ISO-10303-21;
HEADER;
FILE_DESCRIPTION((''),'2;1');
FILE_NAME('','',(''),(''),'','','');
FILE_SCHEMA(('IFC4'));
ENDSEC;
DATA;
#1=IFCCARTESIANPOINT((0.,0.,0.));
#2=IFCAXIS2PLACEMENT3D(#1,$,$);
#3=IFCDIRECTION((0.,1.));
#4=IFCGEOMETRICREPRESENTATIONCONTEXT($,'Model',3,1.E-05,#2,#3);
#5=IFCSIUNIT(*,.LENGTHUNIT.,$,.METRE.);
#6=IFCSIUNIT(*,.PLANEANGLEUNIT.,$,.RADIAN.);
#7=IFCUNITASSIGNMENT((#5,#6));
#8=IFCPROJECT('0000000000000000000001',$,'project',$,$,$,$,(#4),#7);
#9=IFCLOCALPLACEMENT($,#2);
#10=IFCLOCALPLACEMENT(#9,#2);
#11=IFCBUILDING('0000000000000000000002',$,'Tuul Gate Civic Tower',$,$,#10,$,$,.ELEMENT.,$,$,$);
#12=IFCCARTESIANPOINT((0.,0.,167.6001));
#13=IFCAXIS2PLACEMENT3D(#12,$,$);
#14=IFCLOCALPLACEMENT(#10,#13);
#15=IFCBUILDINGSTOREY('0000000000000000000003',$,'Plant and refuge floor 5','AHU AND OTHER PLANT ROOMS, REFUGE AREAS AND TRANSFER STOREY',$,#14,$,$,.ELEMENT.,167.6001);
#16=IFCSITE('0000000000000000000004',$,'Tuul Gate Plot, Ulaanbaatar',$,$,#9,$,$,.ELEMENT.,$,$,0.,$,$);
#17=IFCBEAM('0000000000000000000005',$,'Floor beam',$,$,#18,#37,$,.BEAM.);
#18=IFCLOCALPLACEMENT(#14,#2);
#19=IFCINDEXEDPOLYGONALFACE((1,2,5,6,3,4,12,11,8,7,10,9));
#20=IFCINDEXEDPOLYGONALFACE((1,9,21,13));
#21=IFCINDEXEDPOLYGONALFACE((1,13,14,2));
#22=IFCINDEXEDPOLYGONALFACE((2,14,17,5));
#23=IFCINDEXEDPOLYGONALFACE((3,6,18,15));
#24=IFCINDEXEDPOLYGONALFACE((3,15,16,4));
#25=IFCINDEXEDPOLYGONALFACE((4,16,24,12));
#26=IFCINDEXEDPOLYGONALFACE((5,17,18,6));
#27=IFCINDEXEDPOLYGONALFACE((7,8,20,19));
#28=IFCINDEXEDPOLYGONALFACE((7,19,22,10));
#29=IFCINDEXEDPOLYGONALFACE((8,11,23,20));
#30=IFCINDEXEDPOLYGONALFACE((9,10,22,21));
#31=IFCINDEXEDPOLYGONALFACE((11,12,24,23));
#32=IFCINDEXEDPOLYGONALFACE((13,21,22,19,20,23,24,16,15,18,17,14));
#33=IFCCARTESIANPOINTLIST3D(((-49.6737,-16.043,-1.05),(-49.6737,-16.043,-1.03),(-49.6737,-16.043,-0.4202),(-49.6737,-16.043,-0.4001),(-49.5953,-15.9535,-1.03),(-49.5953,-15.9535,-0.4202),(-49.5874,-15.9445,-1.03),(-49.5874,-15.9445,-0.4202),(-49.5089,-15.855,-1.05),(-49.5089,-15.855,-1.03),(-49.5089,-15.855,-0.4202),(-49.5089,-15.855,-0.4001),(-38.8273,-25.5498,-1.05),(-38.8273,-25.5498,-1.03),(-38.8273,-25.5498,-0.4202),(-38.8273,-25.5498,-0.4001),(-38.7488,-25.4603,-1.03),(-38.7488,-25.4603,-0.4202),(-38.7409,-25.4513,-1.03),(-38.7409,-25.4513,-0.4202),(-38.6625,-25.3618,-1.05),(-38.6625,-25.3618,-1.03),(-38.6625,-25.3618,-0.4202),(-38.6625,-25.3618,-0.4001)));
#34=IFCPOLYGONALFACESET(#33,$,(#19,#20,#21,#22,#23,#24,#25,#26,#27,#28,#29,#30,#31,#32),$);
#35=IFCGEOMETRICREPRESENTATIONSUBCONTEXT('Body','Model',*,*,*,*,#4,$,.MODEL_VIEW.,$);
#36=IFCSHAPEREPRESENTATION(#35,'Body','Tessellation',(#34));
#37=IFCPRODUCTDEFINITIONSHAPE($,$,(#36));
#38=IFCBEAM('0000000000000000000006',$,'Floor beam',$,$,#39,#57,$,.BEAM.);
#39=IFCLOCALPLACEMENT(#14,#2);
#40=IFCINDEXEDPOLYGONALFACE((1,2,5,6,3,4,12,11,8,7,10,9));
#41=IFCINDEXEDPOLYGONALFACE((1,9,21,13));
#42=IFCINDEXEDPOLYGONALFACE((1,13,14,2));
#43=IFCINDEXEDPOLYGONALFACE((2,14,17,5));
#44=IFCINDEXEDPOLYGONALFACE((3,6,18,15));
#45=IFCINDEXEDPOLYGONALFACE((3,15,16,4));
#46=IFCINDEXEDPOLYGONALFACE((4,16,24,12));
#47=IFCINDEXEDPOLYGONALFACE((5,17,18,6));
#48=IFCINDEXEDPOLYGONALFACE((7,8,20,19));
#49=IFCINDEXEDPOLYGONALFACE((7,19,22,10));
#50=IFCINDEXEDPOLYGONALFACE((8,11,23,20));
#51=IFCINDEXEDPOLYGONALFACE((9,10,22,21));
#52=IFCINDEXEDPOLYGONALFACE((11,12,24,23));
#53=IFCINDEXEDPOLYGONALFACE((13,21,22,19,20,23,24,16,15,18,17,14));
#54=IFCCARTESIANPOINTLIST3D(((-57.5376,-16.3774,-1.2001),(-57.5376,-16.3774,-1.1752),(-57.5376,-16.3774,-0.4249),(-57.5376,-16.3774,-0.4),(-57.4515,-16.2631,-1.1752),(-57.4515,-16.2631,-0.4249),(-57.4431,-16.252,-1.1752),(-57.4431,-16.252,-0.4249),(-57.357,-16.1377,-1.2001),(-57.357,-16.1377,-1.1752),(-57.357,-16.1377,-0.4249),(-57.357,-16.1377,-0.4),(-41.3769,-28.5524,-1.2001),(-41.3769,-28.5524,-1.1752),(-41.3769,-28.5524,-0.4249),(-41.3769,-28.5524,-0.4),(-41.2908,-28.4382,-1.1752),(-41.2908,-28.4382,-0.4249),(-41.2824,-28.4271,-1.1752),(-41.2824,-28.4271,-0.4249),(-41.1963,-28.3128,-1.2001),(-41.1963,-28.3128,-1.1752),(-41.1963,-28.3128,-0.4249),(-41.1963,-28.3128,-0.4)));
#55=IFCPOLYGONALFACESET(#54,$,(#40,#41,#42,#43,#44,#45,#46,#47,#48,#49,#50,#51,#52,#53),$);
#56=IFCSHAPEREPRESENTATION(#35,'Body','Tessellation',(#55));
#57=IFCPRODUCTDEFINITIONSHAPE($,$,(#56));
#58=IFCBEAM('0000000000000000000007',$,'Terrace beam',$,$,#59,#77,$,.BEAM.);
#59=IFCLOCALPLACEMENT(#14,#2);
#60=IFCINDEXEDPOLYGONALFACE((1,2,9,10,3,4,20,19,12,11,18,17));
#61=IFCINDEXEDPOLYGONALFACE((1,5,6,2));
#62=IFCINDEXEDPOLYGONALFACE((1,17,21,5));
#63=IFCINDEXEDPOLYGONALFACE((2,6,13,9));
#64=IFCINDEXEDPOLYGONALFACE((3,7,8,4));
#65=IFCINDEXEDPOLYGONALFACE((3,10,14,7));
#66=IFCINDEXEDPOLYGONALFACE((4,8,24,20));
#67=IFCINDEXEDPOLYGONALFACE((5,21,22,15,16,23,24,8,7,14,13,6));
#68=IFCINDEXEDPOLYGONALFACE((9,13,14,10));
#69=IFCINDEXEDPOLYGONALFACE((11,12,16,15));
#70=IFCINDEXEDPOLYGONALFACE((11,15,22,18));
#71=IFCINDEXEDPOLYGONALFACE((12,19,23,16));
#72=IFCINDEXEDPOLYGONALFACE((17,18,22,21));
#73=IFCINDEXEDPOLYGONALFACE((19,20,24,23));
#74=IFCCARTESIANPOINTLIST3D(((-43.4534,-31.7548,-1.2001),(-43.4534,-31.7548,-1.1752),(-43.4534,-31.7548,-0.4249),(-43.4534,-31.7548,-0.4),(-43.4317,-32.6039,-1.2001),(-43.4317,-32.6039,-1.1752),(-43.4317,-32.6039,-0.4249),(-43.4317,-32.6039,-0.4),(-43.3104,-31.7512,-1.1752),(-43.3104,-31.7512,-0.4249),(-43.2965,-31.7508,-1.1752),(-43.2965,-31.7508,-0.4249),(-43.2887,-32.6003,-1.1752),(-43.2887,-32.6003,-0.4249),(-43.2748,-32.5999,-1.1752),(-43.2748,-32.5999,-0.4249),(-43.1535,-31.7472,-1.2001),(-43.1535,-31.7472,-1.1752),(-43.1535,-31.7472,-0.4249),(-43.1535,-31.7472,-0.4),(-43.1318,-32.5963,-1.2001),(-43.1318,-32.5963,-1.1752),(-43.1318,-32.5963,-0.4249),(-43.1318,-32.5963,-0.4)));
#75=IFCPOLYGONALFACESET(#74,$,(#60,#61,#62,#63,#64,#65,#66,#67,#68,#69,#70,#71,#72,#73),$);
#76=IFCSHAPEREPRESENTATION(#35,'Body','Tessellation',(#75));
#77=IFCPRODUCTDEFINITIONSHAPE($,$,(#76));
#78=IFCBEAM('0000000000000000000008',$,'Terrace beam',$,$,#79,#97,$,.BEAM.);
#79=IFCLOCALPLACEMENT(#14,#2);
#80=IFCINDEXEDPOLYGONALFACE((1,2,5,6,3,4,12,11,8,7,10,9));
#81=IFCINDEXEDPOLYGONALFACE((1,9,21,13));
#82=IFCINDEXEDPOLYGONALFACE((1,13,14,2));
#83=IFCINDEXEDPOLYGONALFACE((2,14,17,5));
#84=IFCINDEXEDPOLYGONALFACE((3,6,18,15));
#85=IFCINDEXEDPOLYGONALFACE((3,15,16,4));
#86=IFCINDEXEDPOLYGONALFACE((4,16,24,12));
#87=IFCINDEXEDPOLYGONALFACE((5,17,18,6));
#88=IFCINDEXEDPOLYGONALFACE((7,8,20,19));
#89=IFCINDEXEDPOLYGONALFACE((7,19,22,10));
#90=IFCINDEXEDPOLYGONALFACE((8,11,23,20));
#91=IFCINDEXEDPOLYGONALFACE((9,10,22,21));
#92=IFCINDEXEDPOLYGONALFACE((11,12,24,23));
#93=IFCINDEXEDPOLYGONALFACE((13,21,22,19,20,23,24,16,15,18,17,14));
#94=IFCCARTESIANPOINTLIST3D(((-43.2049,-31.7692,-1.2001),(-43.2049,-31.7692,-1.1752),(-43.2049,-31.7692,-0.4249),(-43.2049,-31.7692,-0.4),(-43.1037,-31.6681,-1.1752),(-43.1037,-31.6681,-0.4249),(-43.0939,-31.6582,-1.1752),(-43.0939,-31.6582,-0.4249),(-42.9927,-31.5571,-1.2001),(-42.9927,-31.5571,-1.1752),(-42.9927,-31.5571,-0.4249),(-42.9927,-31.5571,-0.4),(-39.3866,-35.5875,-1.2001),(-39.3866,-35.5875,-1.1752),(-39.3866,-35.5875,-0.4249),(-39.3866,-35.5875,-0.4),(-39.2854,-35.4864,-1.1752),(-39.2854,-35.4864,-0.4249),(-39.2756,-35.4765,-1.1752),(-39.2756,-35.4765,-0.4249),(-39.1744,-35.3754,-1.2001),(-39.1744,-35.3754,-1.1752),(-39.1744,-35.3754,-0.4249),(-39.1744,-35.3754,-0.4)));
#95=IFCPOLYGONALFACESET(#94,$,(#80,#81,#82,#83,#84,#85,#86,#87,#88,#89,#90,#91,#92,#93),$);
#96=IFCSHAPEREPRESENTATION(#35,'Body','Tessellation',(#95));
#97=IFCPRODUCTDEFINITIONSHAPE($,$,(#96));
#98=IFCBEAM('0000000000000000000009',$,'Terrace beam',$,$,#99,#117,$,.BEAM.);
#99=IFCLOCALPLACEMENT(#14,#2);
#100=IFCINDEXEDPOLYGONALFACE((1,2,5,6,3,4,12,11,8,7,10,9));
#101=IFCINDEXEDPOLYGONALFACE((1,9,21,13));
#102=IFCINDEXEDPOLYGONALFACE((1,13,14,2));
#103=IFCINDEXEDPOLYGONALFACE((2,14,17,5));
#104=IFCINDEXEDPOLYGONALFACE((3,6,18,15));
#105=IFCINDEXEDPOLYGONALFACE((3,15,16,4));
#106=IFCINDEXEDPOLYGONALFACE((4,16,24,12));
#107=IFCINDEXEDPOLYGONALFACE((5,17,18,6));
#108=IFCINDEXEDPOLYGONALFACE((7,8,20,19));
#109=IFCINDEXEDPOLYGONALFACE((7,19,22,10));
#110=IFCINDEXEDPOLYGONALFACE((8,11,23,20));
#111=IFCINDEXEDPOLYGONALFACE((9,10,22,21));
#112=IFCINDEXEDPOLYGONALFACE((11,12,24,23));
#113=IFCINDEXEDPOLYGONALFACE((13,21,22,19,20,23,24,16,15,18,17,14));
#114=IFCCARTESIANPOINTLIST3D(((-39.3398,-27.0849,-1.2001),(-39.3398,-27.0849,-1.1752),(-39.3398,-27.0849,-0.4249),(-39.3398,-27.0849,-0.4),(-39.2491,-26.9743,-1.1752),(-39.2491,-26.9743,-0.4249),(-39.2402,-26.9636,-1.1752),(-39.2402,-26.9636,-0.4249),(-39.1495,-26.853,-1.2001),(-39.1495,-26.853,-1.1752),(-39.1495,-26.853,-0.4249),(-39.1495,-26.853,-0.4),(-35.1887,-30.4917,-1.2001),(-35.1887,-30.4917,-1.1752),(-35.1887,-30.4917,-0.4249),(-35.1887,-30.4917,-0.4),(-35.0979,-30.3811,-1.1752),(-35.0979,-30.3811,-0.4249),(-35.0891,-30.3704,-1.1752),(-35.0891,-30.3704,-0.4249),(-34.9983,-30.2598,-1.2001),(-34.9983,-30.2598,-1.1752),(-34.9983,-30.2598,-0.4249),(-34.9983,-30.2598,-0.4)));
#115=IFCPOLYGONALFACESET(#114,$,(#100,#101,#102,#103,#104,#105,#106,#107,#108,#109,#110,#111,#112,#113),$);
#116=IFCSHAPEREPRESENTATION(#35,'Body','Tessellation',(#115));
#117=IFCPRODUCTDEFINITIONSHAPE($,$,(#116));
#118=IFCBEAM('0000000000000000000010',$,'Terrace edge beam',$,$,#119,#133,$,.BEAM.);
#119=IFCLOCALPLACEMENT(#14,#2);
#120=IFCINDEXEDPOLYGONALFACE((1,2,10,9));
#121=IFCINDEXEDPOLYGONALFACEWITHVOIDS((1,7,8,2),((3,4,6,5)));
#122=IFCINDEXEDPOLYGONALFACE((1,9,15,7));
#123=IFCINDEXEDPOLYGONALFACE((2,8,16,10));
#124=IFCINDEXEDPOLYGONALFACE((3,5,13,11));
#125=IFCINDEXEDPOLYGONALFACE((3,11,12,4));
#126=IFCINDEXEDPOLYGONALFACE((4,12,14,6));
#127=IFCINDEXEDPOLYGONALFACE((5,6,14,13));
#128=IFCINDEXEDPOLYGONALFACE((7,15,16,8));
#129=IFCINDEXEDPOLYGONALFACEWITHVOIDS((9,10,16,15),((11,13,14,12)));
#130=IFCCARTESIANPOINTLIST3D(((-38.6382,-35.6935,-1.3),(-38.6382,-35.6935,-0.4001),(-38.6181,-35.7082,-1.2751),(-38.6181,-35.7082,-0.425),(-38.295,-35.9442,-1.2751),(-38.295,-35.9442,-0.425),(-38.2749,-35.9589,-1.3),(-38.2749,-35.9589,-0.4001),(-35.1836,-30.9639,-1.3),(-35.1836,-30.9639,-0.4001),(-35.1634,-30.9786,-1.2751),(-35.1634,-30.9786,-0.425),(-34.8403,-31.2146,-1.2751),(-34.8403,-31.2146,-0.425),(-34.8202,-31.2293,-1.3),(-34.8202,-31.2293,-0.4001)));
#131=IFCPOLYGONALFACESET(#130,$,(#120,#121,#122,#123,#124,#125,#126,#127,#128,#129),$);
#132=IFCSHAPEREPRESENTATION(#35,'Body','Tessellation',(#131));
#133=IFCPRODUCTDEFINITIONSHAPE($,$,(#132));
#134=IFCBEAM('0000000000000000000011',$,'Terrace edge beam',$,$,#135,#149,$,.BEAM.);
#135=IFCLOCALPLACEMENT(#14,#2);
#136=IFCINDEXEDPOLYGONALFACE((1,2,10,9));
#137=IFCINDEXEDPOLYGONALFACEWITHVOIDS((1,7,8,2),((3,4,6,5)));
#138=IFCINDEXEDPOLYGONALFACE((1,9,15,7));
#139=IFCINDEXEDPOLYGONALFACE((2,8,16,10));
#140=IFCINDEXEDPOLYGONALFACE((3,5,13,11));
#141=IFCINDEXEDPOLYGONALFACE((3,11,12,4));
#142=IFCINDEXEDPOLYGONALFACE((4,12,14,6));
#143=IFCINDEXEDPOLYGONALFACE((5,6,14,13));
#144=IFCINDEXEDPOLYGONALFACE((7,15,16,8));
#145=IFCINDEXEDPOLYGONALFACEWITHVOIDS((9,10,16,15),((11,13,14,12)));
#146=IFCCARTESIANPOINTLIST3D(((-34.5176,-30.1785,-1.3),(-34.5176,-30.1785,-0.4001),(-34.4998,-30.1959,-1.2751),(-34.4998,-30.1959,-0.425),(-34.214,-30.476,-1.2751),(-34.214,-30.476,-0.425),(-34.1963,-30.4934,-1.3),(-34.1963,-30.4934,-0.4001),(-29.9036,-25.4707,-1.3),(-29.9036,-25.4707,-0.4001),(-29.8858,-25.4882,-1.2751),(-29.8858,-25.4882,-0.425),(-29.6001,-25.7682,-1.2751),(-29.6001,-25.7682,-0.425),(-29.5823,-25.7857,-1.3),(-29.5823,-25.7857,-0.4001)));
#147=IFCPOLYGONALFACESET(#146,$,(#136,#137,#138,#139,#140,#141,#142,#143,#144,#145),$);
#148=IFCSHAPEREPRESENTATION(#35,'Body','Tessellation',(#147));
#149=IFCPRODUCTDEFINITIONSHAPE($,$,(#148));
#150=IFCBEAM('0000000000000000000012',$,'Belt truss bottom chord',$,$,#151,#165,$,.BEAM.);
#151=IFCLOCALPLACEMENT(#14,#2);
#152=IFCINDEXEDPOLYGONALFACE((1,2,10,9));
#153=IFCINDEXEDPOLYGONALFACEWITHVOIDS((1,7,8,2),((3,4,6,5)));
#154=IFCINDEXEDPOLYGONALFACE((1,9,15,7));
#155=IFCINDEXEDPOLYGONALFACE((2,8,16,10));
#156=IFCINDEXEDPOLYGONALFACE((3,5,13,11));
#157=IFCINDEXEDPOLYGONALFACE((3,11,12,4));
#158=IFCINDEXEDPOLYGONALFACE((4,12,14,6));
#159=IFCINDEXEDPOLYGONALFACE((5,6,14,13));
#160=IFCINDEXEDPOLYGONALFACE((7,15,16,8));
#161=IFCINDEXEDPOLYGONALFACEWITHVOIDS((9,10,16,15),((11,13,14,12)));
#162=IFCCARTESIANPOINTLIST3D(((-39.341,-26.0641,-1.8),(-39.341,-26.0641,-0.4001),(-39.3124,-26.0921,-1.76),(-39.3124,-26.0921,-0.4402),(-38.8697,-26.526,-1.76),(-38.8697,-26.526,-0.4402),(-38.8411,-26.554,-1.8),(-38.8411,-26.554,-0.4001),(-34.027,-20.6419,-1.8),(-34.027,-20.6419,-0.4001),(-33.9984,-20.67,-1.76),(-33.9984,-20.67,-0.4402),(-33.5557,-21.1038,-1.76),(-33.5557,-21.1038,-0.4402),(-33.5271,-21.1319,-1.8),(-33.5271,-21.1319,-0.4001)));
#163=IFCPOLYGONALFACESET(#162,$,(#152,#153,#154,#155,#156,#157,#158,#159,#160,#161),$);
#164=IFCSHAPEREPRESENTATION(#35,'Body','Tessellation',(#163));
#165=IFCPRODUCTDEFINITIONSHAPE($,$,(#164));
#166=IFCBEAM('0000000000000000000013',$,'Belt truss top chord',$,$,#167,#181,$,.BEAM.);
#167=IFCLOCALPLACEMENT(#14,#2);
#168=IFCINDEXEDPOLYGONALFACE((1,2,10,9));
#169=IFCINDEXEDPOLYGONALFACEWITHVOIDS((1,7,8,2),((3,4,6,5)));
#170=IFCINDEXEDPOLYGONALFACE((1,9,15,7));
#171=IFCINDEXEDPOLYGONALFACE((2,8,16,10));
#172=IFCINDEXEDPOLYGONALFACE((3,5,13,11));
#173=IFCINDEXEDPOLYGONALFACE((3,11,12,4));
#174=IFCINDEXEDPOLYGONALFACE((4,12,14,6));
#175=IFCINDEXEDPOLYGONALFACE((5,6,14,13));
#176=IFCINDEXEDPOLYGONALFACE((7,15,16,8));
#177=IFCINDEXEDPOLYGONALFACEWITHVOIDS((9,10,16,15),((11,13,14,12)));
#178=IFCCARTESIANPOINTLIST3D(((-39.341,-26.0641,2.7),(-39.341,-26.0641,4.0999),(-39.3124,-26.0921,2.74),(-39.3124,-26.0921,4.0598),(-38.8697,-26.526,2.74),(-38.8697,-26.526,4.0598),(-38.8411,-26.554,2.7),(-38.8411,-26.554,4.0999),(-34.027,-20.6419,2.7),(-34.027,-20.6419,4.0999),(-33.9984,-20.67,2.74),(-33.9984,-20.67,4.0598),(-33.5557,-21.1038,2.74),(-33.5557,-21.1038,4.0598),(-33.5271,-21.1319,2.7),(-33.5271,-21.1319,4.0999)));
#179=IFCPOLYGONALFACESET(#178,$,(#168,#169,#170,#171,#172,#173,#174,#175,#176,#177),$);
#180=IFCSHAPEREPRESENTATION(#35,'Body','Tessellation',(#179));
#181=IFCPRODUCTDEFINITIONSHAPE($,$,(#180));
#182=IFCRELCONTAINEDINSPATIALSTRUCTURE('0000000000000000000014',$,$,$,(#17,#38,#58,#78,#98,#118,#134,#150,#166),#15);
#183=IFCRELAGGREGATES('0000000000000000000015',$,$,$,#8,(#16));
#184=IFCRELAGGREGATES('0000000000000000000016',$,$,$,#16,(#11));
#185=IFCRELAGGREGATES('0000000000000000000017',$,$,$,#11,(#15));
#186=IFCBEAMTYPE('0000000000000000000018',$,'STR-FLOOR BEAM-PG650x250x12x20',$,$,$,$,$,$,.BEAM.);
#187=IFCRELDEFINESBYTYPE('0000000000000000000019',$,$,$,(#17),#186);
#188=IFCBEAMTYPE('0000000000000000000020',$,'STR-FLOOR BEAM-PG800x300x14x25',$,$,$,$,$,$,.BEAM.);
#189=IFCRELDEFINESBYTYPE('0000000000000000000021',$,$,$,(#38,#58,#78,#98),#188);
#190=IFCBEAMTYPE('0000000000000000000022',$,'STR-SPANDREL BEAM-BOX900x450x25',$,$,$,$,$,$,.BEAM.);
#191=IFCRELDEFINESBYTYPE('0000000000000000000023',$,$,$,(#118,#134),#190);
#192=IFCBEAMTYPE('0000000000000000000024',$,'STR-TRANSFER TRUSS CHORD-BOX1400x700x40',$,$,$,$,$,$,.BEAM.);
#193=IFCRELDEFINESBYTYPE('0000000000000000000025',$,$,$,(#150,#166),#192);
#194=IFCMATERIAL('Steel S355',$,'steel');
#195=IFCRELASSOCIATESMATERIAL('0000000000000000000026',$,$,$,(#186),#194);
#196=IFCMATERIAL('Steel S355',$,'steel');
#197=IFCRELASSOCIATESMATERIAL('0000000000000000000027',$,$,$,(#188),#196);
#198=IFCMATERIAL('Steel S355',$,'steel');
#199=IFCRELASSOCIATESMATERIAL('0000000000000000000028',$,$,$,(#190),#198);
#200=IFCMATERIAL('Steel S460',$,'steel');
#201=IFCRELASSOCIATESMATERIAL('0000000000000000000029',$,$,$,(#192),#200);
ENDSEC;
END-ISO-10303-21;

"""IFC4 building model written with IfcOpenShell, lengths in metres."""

from ifc_helpers import new_model, si_unit, direction, frame, origin, origin_2d, place, context, subcontext, project, spatial, hollow_rectangle, i_section, extrude, material, material_profile, profile_set, type_object, element, save


model = new_model("IFC4")

# Units and contexts
model_context = context("Model", 3, precision=1e-05, world=origin(), true_north=direction((0.0, 1.0)))
body_context = subcontext(model_context, "Body", "Model", "MODEL_VIEW")
ifc_project = project(units=[si_unit("LENGTHUNIT", "METRE"), si_unit("PLANEANGLEUNIT", "RADIAN")], contexts=[model_context])

# Site, building, storey
site_placement = place(None, origin())
site = spatial("IfcSite", under=ifc_project, at=site_placement, Name="Tuul Gate Plot, Ulaanbaatar", CompositionType="ELEMENT", RefElevation=0.0)
building_placement = place(site_placement, origin())
building = spatial("IfcBuilding", under=site, at=building_placement, Name="Tuul Gate Civic Tower", CompositionType="ELEMENT")
storey_placement = place(building_placement, frame((0.0, 0.0, 167.6001)))
storey = spatial("IfcBuildingStorey", under=building, at=storey_placement, Name="Plant and refuge floor 5", Description="AHU AND OTHER PLANT ROOMS, REFUGE AREAS AND TRANSFER STOREY", CompositionType="ELEMENT", Elevation=167.6001)

# Beams
ifc_material_1 = material(Name="Steel S355", Category="steel")
ifc_material_profile_1 = material_profile(ifc_material_1, i_section(OverallWidth=0.25, OverallDepth=0.6499, WebThickness=0.012, FlangeThickness=0.02, at=origin_2d()), Name="PG650x250x12x20")
ifc_profile_set_1 = profile_set([ifc_material_profile_1], Name="Steel S355")
beam_type_1 = type_object("IfcBeamType", Name="STR-FLOOR BEAM-PG650x250x12x20", PredefinedType="BEAM", material=ifc_profile_set_1)
beam_1_placement = place(storey_placement, frame((-38.7449, -25.4558, -0.7251), z_axis=(-0.75202, 0.659141, 0.0), x_axis=(-0.659141, -0.75202, 0.0)))
element("IfcBeam", 1, at=beam_1_placement, inside=storey, type_object=beam_type_1, Name="Floor beam", PredefinedType="BEAM", context=body_context, shape_type="SweptSolid", body=[
    extrude(i_section(OverallWidth=0.25, OverallDepth=0.6499, WebThickness=0.012, FlangeThickness=0.02, at=origin_2d()), origin(), (0.0, 0.0, 1.0), 14.4231),
])
ifc_material_2 = material(Name="Steel S355", Category="steel")
ifc_material_profile_2 = material_profile(ifc_material_2, i_section(OverallWidth=0.3, OverallDepth=0.8, WebThickness=0.0139, FlangeThickness=0.0249, at=origin_2d()), Name="PG800x300x14x25")
ifc_profile_set_2 = profile_set([ifc_material_profile_2], Name="Steel S355")
beam_type_2 = type_object("IfcBeamType", Name="STR-FLOOR BEAM-PG800x300x14x25", PredefinedType="BEAM", material=ifc_profile_set_2)
beam_2_placement = place(storey_placement, frame((-41.2866, -28.4326, -0.8), z_axis=(-0.798704, 0.601725, 0.0), x_axis=(-0.601725, -0.798704, 0.0)))
element("IfcBeam", 2, at=beam_2_placement, inside=storey, type_object=beam_type_2, Name="Floor beam", PredefinedType="BEAM", context=body_context, shape_type="SweptSolid", body=[
    extrude(i_section(OverallWidth=0.3, OverallDepth=0.8, WebThickness=0.0139, FlangeThickness=0.0249, at=origin_2d()), origin(), (0.0, 0.0, 1.0), 20.2336),
])
beam_3_placement = place(storey_placement, frame((-43.2817, -32.6001, -0.8), z_axis=(-0.025581, 0.999673, 0.0), x_axis=(-0.999673, -0.025581, 0.0)))
element("IfcBeam", 3, at=beam_3_placement, inside=storey, type_object=beam_type_2, Name="Terrace beam", PredefinedType="BEAM", context=body_context, shape_type="SweptSolid", body=[
    extrude(i_section(OverallWidth=0.3, OverallDepth=0.8, WebThickness=0.0139, FlangeThickness=0.0249, at=origin_2d()), origin(), (0.0, 0.0, 1.0), 0.8494),
])
beam_4_placement = place(storey_placement, frame((-39.2805, -35.4814, -0.8), z_axis=(-0.707107, 0.707107, 0.0), x_axis=(-0.707107, -0.707107, 0.0)))
element("IfcBeam", 4, at=beam_4_placement, inside=storey, type_object=beam_type_2, Name="Terrace beam", PredefinedType="BEAM", context=body_context, shape_type="SweptSolid", body=[
    extrude(i_section(OverallWidth=0.3, OverallDepth=0.8, WebThickness=0.0139, FlangeThickness=0.0249, at=origin_2d()), origin(), (0.0, 0.0, 1.0), 5.3999),
])
beam_5_placement = place(storey_placement, frame((-35.0935, -30.3757, -0.8), z_axis=(-0.77301, 0.634393, 0.0), x_axis=(-0.634393, -0.77301, 0.0)))
element("IfcBeam", 5, at=beam_5_placement, inside=storey, type_object=beam_type_2, Name="Terrace beam", PredefinedType="BEAM", context=body_context, shape_type="SweptSolid", body=[
    extrude(i_section(OverallWidth=0.3, OverallDepth=0.8, WebThickness=0.0139, FlangeThickness=0.0249, at=origin_2d()), origin(), (0.0, 0.0, 1.0), 5.3701),
])
ifc_material_3 = material(Name="Steel S355", Category="steel")
ifc_material_profile_3 = material_profile(ifc_material_3, hollow_rectangle(XDim=0.45, YDim=0.8999, WallThickness=0.0249, at=origin_2d()), Name="BOX900x450x25")
ifc_profile_set_3 = profile_set([ifc_material_profile_3], Name="Steel S355")
beam_type_3 = type_object("IfcBeamType", Name="STR-SPANDREL BEAM-BOX900x450x25", PredefinedType="BEAM", material=ifc_profile_set_3)
beam_6_placement = place(storey_placement, frame((-38.4565, -35.8262, -0.8501), z_axis=(0.589841, 0.807519, 0.0), x_axis=(-0.807519, 0.589841, 0.0)))
element("IfcBeam", 6, at=beam_6_placement, inside=storey, type_object=beam_type_3, Name="Terrace edge beam", PredefinedType="BEAM", context=body_context, shape_type="SweptSolid", body=[
    extrude(hollow_rectangle(XDim=0.45, YDim=0.8999, WallThickness=0.0249, at=origin_2d()), origin(), (0.0, 0.0, 1.0), 5.8569),
])
beam_7_placement = place(storey_placement, frame((-34.3569, -30.3359, -0.8501), z_axis=(0.69996, 0.714182, 0.0), x_axis=(-0.714182, 0.69996, 0.0)))
element("IfcBeam", 7, at=beam_7_placement, inside=storey, type_object=beam_type_3, Name="Terrace edge beam", PredefinedType="BEAM", context=body_context, shape_type="SweptSolid", body=[
    extrude(hollow_rectangle(XDim=0.45, YDim=0.8999, WallThickness=0.0249, at=origin_2d()), origin(), (0.0, 0.0, 1.0), 6.5918),
])
ifc_material_4 = material(Name="Steel S460", Category="steel")
ifc_material_profile_4 = material_profile(ifc_material_4, hollow_rectangle(XDim=0.7, YDim=1.3999, WallThickness=0.04, at=origin_2d()), Name="BOX1400x700x40")
ifc_profile_set_4 = profile_set([ifc_material_profile_4], Name="Steel S460")
beam_type_4 = type_object("IfcBeamType", Name="STR-TRANSFER TRUSS CHORD-BOX1400x700x40", PredefinedType="BEAM", material=ifc_profile_set_4)
for number, where, z_axis, x_axis, name in (
    (8, (-39.0911, -26.3091, -1.1001), (0.699948, 0.714194, 0.0), (-0.714194, 0.699948, 0.0), "Belt truss bottom chord"),
    (9, (-39.0911, -26.3091, 3.3999), (0.699948, 0.714194, 0.0), (-0.714194, 0.699948, 0.0), "Belt truss top chord"),
):
    element("IfcBeam", number, at=place(storey_placement, frame(where, z_axis=z_axis, x_axis=x_axis)), inside=storey, type_object=beam_type_4, Name=name, PredefinedType="BEAM", context=body_context, shape_type="SweptSolid", body=[
        extrude(hollow_rectangle(XDim=0.7, YDim=1.3999, WallThickness=0.04, at=origin_2d()), origin(), (0.0, 0.0, 1.0), 7.592),
    ])

save(model, "model.ifc")
